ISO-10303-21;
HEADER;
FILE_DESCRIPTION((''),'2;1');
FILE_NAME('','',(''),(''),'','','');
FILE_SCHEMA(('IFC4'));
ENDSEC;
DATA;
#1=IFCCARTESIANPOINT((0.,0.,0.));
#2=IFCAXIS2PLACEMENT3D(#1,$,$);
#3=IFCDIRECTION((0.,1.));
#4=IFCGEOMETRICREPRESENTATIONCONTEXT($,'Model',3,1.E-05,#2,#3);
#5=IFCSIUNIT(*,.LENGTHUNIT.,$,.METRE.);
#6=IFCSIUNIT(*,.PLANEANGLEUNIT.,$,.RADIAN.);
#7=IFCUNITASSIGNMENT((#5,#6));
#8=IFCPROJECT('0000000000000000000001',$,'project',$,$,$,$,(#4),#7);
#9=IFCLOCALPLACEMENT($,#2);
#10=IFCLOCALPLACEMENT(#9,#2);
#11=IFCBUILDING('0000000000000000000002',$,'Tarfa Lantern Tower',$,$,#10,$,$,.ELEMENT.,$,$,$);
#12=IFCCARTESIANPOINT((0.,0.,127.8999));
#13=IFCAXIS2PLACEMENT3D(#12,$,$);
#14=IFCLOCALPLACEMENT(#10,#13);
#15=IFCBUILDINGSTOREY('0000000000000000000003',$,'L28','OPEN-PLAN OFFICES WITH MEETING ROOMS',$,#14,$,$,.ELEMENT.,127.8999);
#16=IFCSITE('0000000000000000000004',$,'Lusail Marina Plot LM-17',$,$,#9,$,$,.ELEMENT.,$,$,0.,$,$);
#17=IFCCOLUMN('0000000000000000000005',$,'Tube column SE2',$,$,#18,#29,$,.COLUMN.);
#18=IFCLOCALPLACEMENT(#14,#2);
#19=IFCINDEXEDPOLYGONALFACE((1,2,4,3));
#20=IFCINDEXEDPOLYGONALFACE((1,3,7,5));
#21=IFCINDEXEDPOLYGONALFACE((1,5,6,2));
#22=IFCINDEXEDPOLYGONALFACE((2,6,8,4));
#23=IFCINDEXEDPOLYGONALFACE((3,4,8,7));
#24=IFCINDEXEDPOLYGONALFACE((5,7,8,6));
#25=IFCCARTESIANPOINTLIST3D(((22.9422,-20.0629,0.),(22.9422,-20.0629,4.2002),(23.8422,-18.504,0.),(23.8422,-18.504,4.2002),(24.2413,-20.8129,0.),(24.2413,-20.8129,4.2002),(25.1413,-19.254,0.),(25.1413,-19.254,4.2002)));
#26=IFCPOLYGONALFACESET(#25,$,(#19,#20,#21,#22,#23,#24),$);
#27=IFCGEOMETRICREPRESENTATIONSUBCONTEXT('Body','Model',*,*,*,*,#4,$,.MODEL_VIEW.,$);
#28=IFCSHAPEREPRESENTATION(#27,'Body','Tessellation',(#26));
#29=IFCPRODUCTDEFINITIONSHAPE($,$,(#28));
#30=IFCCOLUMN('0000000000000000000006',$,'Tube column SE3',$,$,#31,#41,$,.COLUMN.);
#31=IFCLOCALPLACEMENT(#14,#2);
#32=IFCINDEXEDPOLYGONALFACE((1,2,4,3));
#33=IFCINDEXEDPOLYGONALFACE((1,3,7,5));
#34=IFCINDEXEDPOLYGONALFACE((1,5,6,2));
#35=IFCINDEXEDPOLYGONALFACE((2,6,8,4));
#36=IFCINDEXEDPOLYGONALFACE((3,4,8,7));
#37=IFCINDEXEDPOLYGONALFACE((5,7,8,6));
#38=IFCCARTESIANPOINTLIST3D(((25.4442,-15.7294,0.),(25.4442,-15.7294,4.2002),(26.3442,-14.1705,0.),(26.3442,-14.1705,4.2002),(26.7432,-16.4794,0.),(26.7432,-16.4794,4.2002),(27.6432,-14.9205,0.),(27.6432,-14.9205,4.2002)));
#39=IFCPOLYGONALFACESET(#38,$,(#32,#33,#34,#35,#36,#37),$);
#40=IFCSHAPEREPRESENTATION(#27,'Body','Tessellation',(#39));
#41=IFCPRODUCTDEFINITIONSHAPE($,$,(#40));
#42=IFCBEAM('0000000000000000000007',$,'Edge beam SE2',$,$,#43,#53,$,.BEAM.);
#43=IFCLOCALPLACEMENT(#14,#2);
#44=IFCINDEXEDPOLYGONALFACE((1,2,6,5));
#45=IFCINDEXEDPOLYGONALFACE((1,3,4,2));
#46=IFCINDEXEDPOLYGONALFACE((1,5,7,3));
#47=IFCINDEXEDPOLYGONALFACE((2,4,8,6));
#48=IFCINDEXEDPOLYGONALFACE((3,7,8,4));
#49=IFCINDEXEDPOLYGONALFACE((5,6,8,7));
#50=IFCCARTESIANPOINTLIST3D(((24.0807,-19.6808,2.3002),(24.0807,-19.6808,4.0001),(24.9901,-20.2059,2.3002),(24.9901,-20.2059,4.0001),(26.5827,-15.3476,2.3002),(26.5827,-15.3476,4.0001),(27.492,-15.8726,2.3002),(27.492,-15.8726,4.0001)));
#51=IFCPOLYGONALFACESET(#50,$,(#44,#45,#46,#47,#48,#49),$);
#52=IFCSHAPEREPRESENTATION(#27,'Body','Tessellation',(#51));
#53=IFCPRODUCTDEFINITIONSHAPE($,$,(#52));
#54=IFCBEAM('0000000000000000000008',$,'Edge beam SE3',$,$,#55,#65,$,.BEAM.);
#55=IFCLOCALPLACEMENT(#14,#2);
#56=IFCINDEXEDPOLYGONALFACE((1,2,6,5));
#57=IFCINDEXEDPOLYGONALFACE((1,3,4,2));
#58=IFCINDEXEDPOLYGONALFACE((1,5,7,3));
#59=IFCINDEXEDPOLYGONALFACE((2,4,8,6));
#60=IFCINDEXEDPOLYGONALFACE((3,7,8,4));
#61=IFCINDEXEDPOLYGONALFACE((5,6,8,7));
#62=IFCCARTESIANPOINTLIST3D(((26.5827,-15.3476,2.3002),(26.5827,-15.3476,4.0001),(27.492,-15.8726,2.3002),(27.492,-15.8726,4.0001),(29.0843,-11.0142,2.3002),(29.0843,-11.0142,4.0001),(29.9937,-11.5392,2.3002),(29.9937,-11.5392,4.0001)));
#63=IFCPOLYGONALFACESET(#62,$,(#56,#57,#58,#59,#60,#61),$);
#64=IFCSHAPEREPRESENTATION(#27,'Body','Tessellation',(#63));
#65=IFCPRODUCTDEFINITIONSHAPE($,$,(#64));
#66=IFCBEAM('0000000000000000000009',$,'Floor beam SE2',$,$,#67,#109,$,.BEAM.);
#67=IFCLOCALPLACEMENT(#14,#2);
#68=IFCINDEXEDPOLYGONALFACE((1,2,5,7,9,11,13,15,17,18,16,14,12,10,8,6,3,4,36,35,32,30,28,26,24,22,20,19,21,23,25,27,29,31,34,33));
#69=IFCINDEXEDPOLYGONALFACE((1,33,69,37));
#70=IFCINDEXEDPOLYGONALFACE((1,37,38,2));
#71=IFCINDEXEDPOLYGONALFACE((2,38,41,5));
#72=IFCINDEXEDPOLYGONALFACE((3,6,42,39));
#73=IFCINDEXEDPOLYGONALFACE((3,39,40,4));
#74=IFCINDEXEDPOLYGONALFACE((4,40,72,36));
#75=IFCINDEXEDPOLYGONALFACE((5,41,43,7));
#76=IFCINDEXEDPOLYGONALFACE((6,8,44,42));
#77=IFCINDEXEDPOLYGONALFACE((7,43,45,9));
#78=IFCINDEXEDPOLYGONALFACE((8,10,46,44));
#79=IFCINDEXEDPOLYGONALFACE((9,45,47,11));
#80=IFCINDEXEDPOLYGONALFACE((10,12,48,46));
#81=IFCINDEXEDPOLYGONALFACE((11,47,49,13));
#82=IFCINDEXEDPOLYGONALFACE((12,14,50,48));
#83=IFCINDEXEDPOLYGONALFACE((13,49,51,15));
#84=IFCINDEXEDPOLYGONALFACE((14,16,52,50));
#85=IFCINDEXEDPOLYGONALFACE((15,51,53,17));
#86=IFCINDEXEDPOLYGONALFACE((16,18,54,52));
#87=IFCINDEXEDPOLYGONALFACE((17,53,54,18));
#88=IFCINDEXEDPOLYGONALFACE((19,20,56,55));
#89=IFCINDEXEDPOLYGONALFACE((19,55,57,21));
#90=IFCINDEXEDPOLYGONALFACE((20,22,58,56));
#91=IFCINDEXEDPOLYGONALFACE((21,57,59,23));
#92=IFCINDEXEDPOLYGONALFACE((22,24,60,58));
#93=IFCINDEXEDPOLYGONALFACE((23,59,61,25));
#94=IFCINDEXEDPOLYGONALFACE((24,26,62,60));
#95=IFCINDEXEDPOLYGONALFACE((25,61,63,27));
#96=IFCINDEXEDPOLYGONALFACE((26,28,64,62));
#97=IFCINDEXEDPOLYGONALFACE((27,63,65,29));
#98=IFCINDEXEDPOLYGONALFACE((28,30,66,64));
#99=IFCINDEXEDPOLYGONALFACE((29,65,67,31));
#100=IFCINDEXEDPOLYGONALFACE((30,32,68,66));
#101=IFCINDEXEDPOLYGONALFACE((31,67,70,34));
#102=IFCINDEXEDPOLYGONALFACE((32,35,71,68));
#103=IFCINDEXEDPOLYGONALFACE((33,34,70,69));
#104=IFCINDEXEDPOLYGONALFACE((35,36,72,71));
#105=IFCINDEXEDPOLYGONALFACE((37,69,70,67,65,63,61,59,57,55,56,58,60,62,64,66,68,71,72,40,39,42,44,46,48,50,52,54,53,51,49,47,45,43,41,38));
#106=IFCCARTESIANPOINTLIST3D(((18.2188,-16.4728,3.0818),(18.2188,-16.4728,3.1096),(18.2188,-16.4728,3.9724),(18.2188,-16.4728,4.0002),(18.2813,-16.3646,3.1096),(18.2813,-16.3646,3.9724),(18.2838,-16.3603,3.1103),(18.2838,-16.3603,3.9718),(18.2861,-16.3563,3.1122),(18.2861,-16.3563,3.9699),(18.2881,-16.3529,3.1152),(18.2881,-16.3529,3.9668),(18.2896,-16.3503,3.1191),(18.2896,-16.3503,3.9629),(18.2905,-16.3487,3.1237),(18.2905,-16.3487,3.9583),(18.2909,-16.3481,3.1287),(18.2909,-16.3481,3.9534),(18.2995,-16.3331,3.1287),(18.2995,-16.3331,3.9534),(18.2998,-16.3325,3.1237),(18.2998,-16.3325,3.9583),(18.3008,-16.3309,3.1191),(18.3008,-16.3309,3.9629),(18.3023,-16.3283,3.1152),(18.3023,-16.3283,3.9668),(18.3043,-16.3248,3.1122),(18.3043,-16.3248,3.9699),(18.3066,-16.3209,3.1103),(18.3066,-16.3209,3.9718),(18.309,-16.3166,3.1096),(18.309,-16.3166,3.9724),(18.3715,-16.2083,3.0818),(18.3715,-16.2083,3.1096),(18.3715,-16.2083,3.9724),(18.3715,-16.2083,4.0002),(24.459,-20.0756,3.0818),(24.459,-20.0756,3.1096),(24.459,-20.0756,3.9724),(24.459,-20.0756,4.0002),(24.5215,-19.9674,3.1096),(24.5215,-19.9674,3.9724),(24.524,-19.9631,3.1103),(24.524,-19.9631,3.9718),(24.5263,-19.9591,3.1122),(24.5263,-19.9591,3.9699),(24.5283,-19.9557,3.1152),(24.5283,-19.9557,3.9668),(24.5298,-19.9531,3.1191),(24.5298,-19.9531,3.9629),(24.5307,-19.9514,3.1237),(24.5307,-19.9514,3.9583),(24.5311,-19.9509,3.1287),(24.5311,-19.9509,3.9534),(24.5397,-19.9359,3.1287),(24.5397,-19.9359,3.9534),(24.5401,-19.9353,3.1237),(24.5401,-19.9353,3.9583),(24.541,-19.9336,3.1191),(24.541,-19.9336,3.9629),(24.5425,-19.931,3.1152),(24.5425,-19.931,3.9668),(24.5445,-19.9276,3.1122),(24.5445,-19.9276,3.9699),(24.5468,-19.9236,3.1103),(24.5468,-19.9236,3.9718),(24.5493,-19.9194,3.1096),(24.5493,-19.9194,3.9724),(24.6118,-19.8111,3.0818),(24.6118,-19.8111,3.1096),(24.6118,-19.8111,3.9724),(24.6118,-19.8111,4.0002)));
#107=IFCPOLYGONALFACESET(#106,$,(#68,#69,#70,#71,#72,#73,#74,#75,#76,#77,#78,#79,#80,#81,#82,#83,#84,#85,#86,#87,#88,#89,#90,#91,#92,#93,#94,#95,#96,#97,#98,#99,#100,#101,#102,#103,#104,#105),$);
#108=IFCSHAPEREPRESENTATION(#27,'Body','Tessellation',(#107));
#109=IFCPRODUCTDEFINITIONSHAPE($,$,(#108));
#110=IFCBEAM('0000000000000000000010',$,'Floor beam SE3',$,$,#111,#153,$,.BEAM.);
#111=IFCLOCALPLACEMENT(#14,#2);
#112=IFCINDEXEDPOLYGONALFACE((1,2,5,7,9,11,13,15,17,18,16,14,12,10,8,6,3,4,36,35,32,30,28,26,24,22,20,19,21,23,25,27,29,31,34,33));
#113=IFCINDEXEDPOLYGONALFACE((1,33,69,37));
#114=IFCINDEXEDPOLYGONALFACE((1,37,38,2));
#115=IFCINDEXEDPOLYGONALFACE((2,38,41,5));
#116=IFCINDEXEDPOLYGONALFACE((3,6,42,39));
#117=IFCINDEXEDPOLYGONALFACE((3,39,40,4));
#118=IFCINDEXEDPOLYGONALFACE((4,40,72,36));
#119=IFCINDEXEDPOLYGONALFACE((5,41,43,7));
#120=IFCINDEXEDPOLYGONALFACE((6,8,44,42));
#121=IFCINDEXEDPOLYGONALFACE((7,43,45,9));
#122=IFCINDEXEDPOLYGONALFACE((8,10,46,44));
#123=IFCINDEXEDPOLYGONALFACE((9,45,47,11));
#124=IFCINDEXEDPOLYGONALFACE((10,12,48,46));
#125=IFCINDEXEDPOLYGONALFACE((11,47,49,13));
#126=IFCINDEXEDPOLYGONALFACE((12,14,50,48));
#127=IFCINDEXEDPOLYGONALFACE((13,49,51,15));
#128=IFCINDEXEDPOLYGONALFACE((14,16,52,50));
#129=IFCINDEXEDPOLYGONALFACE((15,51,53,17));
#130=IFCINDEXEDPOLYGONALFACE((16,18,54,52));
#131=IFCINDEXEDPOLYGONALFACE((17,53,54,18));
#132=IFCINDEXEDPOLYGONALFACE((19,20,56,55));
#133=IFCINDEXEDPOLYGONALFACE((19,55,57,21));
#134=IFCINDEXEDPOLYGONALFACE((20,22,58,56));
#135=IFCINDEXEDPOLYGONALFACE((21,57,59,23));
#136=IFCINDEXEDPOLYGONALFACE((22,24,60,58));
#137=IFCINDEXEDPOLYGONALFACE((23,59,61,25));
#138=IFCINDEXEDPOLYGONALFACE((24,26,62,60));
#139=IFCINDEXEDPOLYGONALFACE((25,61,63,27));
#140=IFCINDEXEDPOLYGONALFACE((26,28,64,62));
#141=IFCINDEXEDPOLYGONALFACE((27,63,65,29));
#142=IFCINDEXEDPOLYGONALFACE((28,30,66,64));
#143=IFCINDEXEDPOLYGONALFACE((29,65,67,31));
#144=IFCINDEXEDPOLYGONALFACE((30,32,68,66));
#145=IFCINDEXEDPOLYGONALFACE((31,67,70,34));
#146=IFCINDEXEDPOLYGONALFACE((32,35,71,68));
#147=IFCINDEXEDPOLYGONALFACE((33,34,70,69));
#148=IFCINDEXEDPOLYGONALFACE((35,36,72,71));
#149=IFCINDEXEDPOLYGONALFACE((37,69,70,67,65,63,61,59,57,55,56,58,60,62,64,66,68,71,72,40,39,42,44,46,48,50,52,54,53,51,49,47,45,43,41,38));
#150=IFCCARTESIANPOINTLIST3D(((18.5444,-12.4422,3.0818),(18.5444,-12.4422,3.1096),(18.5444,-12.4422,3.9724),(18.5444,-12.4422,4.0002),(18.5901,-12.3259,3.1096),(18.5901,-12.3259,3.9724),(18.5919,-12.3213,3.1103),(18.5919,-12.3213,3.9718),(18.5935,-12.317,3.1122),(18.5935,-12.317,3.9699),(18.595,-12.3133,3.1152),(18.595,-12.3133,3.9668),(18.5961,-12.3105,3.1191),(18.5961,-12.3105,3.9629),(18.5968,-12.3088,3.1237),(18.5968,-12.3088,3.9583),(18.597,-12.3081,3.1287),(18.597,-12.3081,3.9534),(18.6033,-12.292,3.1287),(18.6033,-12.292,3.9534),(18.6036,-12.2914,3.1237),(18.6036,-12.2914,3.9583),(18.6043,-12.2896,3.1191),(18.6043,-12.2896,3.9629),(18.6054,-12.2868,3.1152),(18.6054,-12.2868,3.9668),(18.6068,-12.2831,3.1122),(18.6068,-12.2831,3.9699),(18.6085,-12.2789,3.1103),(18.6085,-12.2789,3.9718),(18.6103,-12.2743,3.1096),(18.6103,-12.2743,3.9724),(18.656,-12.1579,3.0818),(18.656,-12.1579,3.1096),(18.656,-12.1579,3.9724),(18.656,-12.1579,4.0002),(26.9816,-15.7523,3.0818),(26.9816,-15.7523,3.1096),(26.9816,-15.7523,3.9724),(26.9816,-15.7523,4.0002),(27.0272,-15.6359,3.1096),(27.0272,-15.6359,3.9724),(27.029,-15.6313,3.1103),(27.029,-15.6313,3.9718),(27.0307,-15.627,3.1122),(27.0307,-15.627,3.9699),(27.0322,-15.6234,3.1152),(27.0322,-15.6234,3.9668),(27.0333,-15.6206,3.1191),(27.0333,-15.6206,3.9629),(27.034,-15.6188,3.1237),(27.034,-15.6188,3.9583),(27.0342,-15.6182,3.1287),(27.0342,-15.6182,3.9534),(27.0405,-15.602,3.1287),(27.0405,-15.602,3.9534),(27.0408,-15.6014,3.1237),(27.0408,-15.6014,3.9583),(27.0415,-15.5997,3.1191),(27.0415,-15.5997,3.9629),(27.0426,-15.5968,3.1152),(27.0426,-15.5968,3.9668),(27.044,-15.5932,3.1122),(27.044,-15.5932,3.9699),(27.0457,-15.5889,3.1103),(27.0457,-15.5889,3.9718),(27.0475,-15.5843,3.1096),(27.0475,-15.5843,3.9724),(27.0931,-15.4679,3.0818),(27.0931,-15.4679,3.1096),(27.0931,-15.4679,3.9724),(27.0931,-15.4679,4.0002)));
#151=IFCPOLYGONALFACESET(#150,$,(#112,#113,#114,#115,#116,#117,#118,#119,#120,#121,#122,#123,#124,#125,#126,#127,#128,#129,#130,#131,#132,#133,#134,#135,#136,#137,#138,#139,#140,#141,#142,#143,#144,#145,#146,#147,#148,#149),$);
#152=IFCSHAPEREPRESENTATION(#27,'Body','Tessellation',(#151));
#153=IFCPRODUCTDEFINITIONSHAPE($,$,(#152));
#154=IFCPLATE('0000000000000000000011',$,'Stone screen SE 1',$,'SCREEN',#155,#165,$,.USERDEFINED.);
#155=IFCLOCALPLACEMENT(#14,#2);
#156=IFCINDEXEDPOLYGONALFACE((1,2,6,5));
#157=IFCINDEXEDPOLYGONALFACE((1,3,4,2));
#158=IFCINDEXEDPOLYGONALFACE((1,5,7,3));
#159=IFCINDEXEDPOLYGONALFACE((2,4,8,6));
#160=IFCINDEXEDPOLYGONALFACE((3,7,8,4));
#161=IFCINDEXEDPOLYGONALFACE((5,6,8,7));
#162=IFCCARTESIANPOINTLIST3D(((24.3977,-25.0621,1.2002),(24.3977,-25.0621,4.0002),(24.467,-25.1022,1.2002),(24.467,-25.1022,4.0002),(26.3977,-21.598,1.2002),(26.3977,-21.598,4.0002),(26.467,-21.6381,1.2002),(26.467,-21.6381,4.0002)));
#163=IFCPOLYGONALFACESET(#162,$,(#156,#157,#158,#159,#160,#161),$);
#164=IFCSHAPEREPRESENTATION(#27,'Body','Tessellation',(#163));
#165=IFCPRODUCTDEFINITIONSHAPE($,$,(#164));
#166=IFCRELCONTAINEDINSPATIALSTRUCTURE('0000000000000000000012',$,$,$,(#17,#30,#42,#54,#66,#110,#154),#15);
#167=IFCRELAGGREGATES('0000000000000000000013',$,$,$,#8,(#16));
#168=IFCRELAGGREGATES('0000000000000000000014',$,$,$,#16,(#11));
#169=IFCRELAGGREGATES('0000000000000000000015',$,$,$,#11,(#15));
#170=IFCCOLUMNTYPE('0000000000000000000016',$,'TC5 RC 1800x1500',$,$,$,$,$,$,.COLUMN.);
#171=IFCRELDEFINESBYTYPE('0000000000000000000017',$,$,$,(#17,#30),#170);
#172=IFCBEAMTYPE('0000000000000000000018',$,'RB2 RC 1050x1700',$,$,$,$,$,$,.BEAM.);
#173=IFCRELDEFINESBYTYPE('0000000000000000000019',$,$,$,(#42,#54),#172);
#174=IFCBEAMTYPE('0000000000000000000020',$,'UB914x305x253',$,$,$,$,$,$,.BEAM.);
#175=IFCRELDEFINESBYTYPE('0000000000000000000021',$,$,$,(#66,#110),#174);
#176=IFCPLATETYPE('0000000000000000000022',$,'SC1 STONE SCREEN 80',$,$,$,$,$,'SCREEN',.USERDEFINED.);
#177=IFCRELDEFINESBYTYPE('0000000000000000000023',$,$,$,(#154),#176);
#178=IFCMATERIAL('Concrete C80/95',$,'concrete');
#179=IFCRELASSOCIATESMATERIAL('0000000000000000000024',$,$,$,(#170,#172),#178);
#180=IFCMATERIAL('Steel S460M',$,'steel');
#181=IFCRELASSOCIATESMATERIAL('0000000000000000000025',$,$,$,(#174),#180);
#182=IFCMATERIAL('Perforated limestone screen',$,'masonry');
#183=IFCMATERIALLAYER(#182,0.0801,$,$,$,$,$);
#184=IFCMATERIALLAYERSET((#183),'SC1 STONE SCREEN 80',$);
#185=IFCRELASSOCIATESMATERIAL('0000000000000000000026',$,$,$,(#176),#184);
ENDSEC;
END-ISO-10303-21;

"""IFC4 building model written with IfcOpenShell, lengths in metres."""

from ifc_helpers import new_model, si_unit, direction, frame, origin, origin_2d, place, context, subcontext, project, spatial, rectangle, i_section, extrude, material, layer, layer_set, material_profile, profile_set, type_object, element, save


model = new_model("IFC4")

# Units and contexts
model_context = context("Model", 3, precision=1e-05, world=origin(), true_north=direction((0.0, 1.0)))
body_context = subcontext(model_context, "Body", "Model", "MODEL_VIEW")
ifc_project = project(units=[si_unit("LENGTHUNIT", "METRE"), si_unit("PLANEANGLEUNIT", "RADIAN")], contexts=[model_context])

# Site, building, storey
site_placement = place(None, origin())
site = spatial("IfcSite", under=ifc_project, at=site_placement, Name="Lusail Marina Plot LM-17", CompositionType="ELEMENT", RefElevation=0.0)
building_placement = place(site_placement, origin())
building = spatial("IfcBuilding", under=site, at=building_placement, Name="Tarfa Lantern Tower", CompositionType="ELEMENT")
storey_placement = place(building_placement, frame((0.0, 0.0, 127.8999)))
storey = spatial("IfcBuildingStorey", under=building, at=storey_placement, Name="L28", Description="OPEN-PLAN OFFICES WITH MEETING ROOMS", CompositionType="ELEMENT", Elevation=127.8999)

# Columns
ifc_material_1 = material(Name="Concrete C80/95", Category="concrete")
ifc_material_profile_1 = material_profile(ifc_material_1, rectangle(XDim=1.8, YDim=1.5, at=origin_2d()), Name="RC 1800x1500")
ifc_profile_set_1 = profile_set([ifc_material_profile_1], Name="Concrete C80/95")
column_type = type_object("IfcColumnType", Name="TC5 RC 1800x1500", PredefinedType="COLUMN", material=ifc_profile_set_1)
for number, where, z_axis, x_axis, name in (
    (1, (24.0417, -19.6584, 0.0), (0.0, 0.0, 1.0), (0.5, 0.866025, 0.0), "Tube column SE2"),
    (2, (26.5437, -15.325, 0.0), (0.0, 0.0, 1.0), (0.5, 0.866025, 0.0), "Tube column SE3"),
):
    element("IfcColumn", number, at=place(storey_placement, frame(where, z_axis=z_axis, x_axis=x_axis)), inside=storey, type_object=column_type, Name=name, PredefinedType="COLUMN", context=body_context, shape_type="SweptSolid", body=[
        extrude(rectangle(XDim=1.8, YDim=1.5, at=origin_2d()), origin(), (0.0, 0.0, 1.0), 4.2002),
    ])

# Beams
ifc_material_profile_2 = material_profile(ifc_material_1, rectangle(XDim=1.05, YDim=1.7, at=origin_2d()), Name="RC 1050x1700")
ifc_profile_set_2 = profile_set([ifc_material_profile_2], Name="Concrete C80/95")
beam_type_1 = type_object("IfcBeamType", Name="RB2 RC 1050x1700", PredefinedType="BEAM", material=ifc_profile_set_2)
for number, where, z_axis, x_axis, name in (
    (3, (24.5354, -19.9434, 3.1501), (0.500022, 0.866013, 0.0), (-0.866013, 0.500022, 0.0), "Edge beam SE2"),
    (4, (27.0374, -15.6101, 3.1501), (0.499965, 0.866046, 0.0), (-0.866046, 0.499965, 0.0), "Edge beam SE3"),
):
    element("IfcBeam", number, at=place(storey_placement, frame(where, z_axis=z_axis, x_axis=x_axis)), inside=storey, type_object=beam_type_1, Name=name, PredefinedType="BEAM", context=body_context, shape_type="SweptSolid", body=[
        extrude(rectangle(XDim=1.05, YDim=1.7, at=origin_2d()), origin(), (0.0, 0.0, 1.0), 5.0037),
    ])
ifc_material_2 = material(Name="Steel S460M", Category="steel")
ifc_material_profile_3 = material_profile(ifc_material_2, i_section(OverallWidth=0.3054, OverallDepth=0.9185, WebThickness=0.0173, FlangeThickness=0.0278, FilletRadius=0.019, at=origin_2d()), Name="UB914x305x253")
ifc_profile_set_3 = profile_set([ifc_material_profile_3], Name="Steel S460M")
beam_type_2 = type_object("IfcBeamType", Name="UB914x305x253", PredefinedType="BEAM", material=ifc_profile_set_3)
beam_1_placement = place(storey_placement, frame((24.5354, -19.9434, 3.541), z_axis=(-0.866026, 0.499998, 0.0), x_axis=(-0.499998, -0.866026, 0.0)))
element("IfcBeam", 5, at=beam_1_placement, inside=storey, type_object=beam_type_2, Name="Floor beam SE2", PredefinedType="BEAM", context=body_context, shape_type="SweptSolid", body=[
    extrude(i_section(OverallWidth=0.3054, OverallDepth=0.9185, WebThickness=0.0173, FlangeThickness=0.0278, FilletRadius=0.019, at=origin_2d()), origin(), (0.0, 0.0, 1.0), 7.2056),
])
beam_2_placement = place(storey_placement, frame((27.0374, -15.6101, 3.541), z_axis=(-0.930923, 0.365215, 0.0), x_axis=(-0.365215, -0.930923, 0.0)))
element("IfcBeam", 6, at=beam_2_placement, inside=storey, type_object=beam_type_2, Name="Floor beam SE3", PredefinedType="BEAM", context=body_context, shape_type="SweptSolid", body=[
    extrude(i_section(OverallWidth=0.3054, OverallDepth=0.9185, WebThickness=0.0173, FlangeThickness=0.0278, FilletRadius=0.019, at=origin_2d()), origin(), (0.0, 0.0, 1.0), 9.0632),
])

# Plate
ifc_material_3 = material(Name="Perforated limestone screen", Category="masonry")
ifc_layer_1 = layer(ifc_material_3, 0.0801)
ifc_layer_set_1 = layer_set([ifc_layer_1], Name="SC1 STONE SCREEN 80")
plate_type = type_object("IfcPlateType", Name="SC1 STONE SCREEN 80", ElementType="SCREEN", PredefinedType="USERDEFINED", material=ifc_layer_set_1)
plate_placement = place(storey_placement, frame((25.4324, -23.3501, 1.2002), z_axis=(0.0, 0.0, 1.0), x_axis=(0.5, 0.866025, 0.0)))
element("IfcPlate", 7, at=plate_placement, inside=storey, type_object=plate_type, Name="Stone screen SE 1", ObjectType="SCREEN", PredefinedType="USERDEFINED", context=body_context, shape_type="SweptSolid", body=[
    extrude(rectangle(XDim=4.0, YDim=0.0801, at=origin_2d()), origin(), (0.0, 0.0, 1.0), 2.8),
])

save(model, "model.ifc")
